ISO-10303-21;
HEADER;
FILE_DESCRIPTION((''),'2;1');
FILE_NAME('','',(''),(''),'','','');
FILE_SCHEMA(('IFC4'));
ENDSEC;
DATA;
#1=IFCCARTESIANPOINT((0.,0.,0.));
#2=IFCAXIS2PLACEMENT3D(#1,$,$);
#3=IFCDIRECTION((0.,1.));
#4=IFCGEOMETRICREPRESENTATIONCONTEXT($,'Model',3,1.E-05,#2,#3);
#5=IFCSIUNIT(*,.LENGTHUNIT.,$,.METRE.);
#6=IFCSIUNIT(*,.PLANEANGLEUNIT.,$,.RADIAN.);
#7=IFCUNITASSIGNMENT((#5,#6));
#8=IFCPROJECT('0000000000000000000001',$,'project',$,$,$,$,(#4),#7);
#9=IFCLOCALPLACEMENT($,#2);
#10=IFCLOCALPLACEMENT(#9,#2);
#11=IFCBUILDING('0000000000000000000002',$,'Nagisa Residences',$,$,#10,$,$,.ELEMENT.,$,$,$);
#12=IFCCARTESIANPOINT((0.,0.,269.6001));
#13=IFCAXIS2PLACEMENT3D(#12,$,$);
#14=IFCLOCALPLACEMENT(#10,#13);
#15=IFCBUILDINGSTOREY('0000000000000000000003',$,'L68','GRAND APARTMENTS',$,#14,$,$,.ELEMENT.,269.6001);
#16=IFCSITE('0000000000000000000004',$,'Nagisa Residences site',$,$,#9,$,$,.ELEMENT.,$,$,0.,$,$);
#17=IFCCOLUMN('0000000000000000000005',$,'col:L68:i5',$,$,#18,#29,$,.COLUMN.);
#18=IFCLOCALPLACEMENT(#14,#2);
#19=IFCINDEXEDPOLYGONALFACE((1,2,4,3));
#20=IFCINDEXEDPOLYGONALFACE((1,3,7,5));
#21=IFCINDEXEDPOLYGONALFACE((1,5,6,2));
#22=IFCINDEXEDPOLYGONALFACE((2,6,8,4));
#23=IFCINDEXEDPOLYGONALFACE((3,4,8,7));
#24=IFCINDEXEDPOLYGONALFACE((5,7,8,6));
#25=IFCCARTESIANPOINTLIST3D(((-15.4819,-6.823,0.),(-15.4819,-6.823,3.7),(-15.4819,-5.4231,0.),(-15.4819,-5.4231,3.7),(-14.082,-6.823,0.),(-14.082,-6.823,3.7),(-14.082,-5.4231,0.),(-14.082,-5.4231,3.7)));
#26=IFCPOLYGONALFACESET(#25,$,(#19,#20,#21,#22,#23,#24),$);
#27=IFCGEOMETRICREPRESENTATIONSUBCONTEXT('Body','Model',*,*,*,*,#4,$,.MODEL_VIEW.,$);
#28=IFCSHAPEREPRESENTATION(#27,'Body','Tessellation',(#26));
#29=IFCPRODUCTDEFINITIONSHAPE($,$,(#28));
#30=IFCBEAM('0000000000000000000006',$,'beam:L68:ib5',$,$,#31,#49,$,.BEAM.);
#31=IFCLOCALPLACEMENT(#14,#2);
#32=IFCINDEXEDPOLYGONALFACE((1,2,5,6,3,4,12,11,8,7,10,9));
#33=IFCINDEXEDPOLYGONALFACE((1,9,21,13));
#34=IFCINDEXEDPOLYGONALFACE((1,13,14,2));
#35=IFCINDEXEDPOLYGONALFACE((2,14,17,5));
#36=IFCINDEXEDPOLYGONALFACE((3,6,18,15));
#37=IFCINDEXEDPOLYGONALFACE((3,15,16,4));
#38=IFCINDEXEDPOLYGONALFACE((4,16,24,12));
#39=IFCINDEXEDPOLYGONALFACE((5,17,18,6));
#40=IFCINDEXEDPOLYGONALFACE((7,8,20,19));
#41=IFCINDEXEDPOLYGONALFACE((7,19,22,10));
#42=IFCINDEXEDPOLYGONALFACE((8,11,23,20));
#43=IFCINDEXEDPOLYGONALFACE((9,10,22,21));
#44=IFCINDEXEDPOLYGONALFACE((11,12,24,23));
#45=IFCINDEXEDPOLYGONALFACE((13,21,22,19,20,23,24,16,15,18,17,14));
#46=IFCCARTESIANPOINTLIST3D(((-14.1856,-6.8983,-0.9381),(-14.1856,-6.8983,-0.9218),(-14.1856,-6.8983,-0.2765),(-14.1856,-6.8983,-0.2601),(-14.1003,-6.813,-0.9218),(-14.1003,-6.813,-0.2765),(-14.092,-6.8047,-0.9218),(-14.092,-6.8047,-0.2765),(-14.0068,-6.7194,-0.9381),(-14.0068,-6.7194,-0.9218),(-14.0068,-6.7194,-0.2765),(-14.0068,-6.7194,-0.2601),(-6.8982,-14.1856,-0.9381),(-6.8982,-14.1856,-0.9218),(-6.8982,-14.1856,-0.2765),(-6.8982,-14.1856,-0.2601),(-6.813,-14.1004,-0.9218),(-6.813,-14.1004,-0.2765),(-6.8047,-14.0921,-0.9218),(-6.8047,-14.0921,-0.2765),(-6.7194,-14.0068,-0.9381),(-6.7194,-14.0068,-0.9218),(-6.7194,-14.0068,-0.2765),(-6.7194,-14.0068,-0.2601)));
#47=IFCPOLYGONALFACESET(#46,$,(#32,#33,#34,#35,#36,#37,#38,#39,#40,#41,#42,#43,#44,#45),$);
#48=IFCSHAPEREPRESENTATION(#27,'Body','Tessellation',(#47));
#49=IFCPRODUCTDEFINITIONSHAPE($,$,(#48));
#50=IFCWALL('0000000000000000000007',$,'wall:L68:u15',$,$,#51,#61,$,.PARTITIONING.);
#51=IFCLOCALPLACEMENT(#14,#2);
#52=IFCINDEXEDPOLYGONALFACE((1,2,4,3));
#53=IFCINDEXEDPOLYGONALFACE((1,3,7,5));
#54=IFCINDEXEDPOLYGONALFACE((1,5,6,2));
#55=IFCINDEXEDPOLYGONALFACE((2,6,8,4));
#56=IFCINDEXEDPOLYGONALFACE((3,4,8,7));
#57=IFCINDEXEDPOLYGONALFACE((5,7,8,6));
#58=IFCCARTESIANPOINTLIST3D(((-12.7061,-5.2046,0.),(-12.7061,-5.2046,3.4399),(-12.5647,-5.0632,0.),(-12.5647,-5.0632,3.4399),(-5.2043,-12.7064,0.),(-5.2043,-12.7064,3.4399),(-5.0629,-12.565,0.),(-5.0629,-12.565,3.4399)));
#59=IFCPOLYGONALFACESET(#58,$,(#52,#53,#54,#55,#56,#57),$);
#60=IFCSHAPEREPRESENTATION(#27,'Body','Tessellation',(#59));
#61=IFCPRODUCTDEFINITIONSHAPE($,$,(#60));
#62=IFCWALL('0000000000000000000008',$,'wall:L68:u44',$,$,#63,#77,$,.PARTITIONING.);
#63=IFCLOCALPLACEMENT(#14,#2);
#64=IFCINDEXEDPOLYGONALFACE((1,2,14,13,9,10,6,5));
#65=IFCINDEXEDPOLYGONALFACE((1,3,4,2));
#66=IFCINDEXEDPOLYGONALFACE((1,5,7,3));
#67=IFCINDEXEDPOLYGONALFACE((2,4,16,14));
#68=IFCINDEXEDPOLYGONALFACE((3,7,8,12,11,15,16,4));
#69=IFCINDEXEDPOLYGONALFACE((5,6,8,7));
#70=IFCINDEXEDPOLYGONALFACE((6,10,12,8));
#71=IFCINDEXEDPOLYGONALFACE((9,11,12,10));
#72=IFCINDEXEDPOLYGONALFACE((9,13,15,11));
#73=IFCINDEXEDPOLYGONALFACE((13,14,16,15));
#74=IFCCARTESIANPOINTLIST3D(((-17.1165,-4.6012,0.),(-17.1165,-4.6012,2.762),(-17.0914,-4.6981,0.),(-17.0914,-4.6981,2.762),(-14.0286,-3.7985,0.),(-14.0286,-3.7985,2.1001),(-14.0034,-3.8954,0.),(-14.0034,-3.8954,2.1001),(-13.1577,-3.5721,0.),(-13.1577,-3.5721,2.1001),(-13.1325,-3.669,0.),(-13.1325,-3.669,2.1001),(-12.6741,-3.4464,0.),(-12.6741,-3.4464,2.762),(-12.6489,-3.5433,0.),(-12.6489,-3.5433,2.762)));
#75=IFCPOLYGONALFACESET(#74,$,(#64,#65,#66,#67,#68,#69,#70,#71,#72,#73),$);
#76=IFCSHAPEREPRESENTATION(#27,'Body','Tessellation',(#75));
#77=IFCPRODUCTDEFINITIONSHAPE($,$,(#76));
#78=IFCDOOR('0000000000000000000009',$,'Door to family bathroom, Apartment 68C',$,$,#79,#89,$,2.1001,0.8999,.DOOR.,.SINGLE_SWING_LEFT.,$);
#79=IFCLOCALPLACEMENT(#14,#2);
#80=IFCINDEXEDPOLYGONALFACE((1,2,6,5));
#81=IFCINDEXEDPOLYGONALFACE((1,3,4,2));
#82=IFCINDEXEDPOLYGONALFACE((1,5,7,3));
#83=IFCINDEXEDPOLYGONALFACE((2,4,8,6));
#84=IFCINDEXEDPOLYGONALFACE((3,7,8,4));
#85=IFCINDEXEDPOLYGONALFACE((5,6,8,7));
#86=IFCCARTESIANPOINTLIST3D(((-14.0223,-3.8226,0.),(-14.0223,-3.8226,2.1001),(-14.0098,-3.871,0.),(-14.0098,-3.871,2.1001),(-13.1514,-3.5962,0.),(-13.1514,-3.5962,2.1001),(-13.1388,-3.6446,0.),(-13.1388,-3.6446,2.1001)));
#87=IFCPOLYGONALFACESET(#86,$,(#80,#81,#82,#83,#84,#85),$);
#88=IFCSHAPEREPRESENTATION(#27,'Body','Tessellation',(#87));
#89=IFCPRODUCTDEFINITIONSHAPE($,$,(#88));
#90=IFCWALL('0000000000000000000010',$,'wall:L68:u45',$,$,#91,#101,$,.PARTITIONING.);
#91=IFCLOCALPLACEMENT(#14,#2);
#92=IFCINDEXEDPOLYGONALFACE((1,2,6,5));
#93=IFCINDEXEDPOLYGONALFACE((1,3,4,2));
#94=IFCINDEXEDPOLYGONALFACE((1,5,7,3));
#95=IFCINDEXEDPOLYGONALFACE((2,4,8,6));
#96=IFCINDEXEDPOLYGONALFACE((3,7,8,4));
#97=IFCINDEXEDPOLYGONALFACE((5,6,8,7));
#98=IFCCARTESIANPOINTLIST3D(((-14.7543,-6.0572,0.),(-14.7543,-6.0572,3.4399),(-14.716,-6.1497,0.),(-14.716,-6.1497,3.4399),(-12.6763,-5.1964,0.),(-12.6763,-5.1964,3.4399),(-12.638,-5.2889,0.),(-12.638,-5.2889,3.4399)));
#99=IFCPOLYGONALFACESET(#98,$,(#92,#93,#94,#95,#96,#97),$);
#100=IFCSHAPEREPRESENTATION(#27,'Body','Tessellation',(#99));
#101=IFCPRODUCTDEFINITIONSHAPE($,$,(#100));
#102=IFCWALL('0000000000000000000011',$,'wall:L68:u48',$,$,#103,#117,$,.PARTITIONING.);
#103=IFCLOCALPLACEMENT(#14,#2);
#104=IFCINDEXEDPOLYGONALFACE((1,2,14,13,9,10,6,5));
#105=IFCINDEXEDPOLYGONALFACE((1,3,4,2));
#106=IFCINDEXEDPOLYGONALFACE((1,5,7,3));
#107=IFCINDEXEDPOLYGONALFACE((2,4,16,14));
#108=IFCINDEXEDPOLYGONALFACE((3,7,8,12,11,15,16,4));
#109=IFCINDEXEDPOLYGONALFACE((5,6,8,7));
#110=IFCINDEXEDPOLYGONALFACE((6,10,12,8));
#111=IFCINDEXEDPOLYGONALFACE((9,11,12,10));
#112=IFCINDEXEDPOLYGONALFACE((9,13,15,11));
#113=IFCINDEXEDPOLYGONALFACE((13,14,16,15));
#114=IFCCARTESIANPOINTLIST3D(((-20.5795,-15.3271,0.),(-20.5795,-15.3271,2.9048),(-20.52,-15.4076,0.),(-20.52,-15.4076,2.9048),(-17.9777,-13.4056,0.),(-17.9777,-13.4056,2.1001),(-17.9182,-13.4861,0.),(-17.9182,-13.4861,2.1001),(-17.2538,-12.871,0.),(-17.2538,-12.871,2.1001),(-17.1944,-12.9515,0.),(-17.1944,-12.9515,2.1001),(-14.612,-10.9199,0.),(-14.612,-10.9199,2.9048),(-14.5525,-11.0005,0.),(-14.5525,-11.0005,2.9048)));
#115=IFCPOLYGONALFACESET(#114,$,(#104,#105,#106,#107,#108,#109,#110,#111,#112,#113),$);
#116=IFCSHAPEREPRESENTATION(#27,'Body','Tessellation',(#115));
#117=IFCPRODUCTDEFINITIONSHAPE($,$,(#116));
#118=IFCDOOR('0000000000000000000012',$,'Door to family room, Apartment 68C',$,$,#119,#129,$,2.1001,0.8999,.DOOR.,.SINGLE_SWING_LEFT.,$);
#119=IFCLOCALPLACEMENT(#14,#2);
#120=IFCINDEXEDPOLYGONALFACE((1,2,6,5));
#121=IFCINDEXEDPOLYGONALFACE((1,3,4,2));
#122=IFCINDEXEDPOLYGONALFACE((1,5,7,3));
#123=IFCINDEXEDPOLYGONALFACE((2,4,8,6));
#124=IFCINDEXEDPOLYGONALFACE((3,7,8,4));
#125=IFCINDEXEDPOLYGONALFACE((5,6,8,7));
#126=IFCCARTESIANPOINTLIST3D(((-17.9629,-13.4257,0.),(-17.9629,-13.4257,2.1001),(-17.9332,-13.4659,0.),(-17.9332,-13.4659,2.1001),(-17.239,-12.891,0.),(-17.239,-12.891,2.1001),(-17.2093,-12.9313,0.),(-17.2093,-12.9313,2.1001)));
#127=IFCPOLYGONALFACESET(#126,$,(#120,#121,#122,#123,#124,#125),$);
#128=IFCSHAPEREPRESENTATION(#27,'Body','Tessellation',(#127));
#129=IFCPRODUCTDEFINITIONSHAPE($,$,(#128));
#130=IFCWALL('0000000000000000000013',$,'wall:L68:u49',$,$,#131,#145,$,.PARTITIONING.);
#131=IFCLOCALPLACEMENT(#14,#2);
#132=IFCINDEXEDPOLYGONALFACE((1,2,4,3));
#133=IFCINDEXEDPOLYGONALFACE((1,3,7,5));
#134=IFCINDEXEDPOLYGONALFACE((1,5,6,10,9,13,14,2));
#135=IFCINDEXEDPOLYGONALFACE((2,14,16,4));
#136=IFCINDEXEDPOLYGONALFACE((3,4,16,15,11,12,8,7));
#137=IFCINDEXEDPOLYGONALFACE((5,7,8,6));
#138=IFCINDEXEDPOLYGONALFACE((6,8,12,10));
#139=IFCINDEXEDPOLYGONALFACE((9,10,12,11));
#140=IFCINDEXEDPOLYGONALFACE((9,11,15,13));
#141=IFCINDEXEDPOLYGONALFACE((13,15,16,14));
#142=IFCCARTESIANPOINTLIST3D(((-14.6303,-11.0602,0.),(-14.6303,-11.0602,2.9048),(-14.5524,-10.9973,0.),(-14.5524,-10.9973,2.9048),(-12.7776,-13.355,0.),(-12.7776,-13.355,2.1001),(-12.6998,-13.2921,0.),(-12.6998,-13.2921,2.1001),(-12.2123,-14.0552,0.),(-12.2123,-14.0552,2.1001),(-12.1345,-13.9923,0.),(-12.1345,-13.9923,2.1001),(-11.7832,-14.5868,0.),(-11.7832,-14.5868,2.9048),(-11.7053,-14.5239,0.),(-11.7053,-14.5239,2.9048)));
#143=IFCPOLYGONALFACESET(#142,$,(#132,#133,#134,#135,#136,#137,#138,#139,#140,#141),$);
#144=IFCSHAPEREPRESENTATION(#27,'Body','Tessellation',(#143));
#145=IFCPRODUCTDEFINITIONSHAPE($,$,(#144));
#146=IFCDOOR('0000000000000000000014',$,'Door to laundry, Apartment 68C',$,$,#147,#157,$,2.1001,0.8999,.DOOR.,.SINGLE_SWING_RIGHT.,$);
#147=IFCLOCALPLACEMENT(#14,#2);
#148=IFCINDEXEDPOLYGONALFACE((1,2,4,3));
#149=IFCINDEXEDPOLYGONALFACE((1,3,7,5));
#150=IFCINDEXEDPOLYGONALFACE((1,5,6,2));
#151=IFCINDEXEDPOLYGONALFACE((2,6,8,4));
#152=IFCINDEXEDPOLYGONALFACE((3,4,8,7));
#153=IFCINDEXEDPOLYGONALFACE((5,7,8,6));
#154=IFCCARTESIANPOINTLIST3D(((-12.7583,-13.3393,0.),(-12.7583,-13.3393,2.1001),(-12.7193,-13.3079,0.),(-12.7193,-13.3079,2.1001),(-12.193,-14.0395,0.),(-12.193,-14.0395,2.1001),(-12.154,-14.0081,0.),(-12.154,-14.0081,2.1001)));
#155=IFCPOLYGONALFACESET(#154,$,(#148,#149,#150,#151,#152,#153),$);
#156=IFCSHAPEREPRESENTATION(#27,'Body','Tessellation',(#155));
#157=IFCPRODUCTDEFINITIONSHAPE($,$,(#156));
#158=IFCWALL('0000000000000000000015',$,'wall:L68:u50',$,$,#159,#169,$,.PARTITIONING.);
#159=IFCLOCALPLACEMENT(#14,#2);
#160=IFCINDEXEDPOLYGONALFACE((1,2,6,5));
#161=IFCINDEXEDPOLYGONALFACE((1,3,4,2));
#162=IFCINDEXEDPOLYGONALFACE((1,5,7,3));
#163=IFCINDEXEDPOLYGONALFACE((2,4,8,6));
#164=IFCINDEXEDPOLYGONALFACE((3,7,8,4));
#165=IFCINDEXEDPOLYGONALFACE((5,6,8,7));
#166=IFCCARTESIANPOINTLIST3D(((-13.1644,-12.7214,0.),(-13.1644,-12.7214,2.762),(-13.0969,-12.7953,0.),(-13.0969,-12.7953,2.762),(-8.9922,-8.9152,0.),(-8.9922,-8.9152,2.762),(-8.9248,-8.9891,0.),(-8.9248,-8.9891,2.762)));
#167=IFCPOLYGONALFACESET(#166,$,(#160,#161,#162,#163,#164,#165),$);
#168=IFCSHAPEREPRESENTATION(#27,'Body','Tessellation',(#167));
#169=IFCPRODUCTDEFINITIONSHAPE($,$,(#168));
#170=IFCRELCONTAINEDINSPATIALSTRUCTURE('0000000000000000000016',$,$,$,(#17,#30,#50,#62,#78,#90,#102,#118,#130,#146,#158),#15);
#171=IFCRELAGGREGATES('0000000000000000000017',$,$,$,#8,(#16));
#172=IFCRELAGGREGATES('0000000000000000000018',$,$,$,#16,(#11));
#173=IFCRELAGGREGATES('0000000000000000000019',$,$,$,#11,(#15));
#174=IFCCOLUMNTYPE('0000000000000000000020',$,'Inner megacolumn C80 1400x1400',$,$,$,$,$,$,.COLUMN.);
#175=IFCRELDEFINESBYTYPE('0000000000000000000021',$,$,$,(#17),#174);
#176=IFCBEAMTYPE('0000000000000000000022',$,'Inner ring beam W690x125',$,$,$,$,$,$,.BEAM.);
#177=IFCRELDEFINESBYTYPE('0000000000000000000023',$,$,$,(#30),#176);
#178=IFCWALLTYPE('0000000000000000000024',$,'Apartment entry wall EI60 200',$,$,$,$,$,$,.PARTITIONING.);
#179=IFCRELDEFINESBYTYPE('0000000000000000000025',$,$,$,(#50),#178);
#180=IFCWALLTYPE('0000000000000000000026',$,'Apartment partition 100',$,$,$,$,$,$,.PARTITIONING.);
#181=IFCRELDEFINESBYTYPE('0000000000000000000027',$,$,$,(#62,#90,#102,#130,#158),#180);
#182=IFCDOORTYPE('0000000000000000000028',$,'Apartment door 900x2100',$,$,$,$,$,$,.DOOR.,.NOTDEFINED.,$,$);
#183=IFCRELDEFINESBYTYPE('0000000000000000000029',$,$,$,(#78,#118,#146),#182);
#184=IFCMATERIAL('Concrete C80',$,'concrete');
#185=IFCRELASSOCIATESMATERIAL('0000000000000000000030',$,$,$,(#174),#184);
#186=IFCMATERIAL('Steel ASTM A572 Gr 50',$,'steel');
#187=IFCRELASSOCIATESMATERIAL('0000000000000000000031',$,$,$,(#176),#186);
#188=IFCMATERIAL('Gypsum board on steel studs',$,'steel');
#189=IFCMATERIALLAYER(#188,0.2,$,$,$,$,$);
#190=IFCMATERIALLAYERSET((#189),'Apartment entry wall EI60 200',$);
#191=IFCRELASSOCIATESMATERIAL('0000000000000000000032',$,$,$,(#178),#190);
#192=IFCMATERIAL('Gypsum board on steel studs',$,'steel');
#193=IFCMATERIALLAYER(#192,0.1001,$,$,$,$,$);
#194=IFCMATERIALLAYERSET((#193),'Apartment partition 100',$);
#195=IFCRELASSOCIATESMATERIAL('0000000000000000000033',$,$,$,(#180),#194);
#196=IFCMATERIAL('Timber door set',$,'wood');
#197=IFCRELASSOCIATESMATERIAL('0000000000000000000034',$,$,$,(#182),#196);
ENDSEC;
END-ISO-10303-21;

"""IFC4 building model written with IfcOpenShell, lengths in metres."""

from ifc_helpers import new_model, si_unit, direction, frame, frame_2d, origin, origin_2d, place, context, subcontext, project, spatial, rectangle, i_section, extrude, material, layer, layer_set, material_profile, profile_set, type_object, element, fill, save


model = new_model("IFC4")

# Units and contexts
model_context = context("Model", 3, precision=1e-05, world=origin(), true_north=direction((0.0, 1.0)))
body_context = subcontext(model_context, "Body", "Model", "MODEL_VIEW")
ifc_project = project(units=[si_unit("LENGTHUNIT", "METRE"), si_unit("PLANEANGLEUNIT", "RADIAN")], contexts=[model_context])

# Site, building, storey
site_placement = place(None, origin())
site = spatial("IfcSite", under=ifc_project, at=site_placement, Name="Nagisa Residences site", CompositionType="ELEMENT", RefElevation=0.0)
building_placement = place(site_placement, origin())
building = spatial("IfcBuilding", under=site, at=building_placement, Name="Nagisa Residences", CompositionType="ELEMENT")
storey_placement = place(building_placement, frame((0.0, 0.0, 269.6001)))
storey = spatial("IfcBuildingStorey", under=building, at=storey_placement, Name="L68", Description="GRAND APARTMENTS", CompositionType="ELEMENT", Elevation=269.6001)

# Column
ifc_material_1 = material(Name="Concrete C80", Category="concrete")
ifc_material_profile_1 = material_profile(ifc_material_1, rectangle(XDim=1.3999, YDim=1.3999, at=origin_2d()), Name="C80 1400x1400")
ifc_profile_set_1 = profile_set([ifc_material_profile_1], Name="Concrete C80")
column_type = type_object("IfcColumnType", Name="Inner megacolumn C80 1400x1400", PredefinedType="COLUMN", material=ifc_profile_set_1)
column_placement = place(storey_placement, frame((-14.782, -6.123, 0.0), z_axis=(0.0, 0.0, 1.0), x_axis=(1.0, 0.0, 0.0)))
element("IfcColumn", 1, at=column_placement, inside=storey, type_object=column_type, Name="col:L68:i5", PredefinedType="COLUMN", context=body_context, shape_type="SweptSolid", body=[
    extrude(rectangle(XDim=1.3999, YDim=1.3999, at=origin_2d()), origin(), (0.0, 0.0, 1.0), 3.7),
])

# Beam
ifc_material_2 = material(Name="Steel ASTM A572 Gr 50", Category="steel")
ifc_material_profile_2 = material_profile(ifc_material_2, i_section(OverallWidth=0.2529, OverallDepth=0.678, WebThickness=0.0117, FlangeThickness=0.0164, at=origin_2d()), Name="W690x125")
ifc_profile_set_2 = profile_set([ifc_material_profile_2], Name="Steel ASTM A572 Gr 50")
beam_type = type_object("IfcBeamType", Name="Inner ring beam W690x125", PredefinedType="BEAM", material=ifc_profile_set_2)
beam_placement = place(storey_placement, frame((-14.0962, -6.8088, -0.5991), z_axis=(0.707107, -0.707107, 0.0), x_axis=(0.707107, 0.707107, 0.0)))
element("IfcBeam", 2, at=beam_placement, inside=storey, type_object=beam_type, Name="beam:L68:ib5", PredefinedType="BEAM", context=body_context, shape_type="SweptSolid", body=[
    extrude(i_section(OverallWidth=0.2529, OverallDepth=0.678, WebThickness=0.0117, FlangeThickness=0.0164, at=origin_2d()), origin(), (0.0, 0.0, 1.0), 10.3059),
])

# Wall
ifc_material_3 = material(Name="Gypsum board on steel studs", Category="steel")
ifc_layer_1 = layer(ifc_material_3, 0.2)
ifc_layer_set_1 = layer_set([ifc_layer_1], Name="Apartment entry wall EI60 200")
wall_type_1 = type_object("IfcWallType", Name="Apartment entry wall EI60 200", PredefinedType="PARTITIONING", material=ifc_layer_set_1)
wall_1_placement = place(storey_placement, frame((-12.6355, -5.1338, 0.0), z_axis=(0.0, 0.0, 1.0), x_axis=(0.707107, -0.707107, 0.0)))
element("IfcWall", 3, at=wall_1_placement, inside=storey, type_object=wall_type_1, Name="wall:L68:u15", PredefinedType="PARTITIONING", context=body_context, shape_type="SweptSolid", body=[
    extrude(rectangle(XDim=10.6091, YDim=0.2, at=frame_2d((5.3047, 0.0))), origin(), (0.0, 0.0, 1.0), 3.4399),
])

# Wall, opening, door
ifc_material_4 = material(Name="Gypsum board on steel studs", Category="steel")
ifc_layer_2 = layer(ifc_material_4, 0.1001)
ifc_layer_set_2 = layer_set([ifc_layer_2], Name="Apartment partition 100")
wall_type_2 = type_object("IfcWallType", Name="Apartment partition 100", PredefinedType="PARTITIONING", material=ifc_layer_set_2)
wall_2_placement = place(storey_placement, frame((-12.6616, -3.4949, 0.0), z_axis=(0.0, 0.0, 1.0), x_axis=(-0.967835, -0.251586, 0.0)))
wall_2 = element("IfcWall", 4, at=wall_2_placement, inside=storey, type_object=wall_type_2, Name="wall:L68:u44", PredefinedType="PARTITIONING", context=body_context, shape_type="SweptSolid", body=[
    extrude(rectangle(XDim=4.5901, YDim=0.1001, at=frame_2d((2.2949, 0.0))), origin(), (0.0, 0.0, 1.0), 2.762),
])
opening_1_placement = place(wall_2_placement, frame((0.4995, 0.0, 0.0)))
opening_1 = element("IfcOpeningElement", 5, at=opening_1_placement, cuts=wall_2, PredefinedType="OPENING", context=body_context, shape_type="SweptSolid", body=[
    extrude(rectangle(XDim=0.8999, YDim=2.1001, at=frame_2d((0.45, 1.05))), frame((0.0, 0.0601, 0.0), z_axis=(0.0, -1.0, 0.0), x_axis=(1.0, 0.0, 0.0)), (0.0, 0.0, 1.0), 0.1201),
])
ifc_material_5 = material(Name="Timber door set", Category="wood")
door_type_1 = type_object("IfcDoorType", Name="Apartment door 900x2100", OperationType="NOTDEFINED", PredefinedType="DOOR", material=ifc_material_5)
door_1_placement = place(opening_1_placement, origin())
door_1 = element("IfcDoor", 6, at=door_1_placement, inside=storey, type_object=door_type_1, Name="Door to family bathroom, Apartment 68C", OperationType="SINGLE_SWING_LEFT", OverallHeight=2.1001, OverallWidth=0.8999, PredefinedType="DOOR", context=body_context, shape_type="SweptSolid", body=[
    extrude(rectangle(XDim=0.8999, YDim=2.1001, at=frame_2d((0.45, 1.05))), frame((0.0, 0.0249, 0.0), z_axis=(0.0, -1.0, 0.0), x_axis=(1.0, 0.0, 0.0)), (0.0, 0.0, 1.0), 0.05),
])
fill(opening_1, door_1)

# Wall
wall_3_placement = place(storey_placement, frame((-12.6572, -5.2427, 0.0), z_axis=(0.0, 0.0, 1.0), x_axis=(-0.923871, -0.382703, 0.0)))
element("IfcWall", 7, at=wall_3_placement, inside=storey, type_object=wall_type_2, Name="wall:L68:u45", PredefinedType="PARTITIONING", context=body_context, shape_type="SweptSolid", body=[
    extrude(rectangle(XDim=2.2493, YDim=0.1001, at=frame_2d((1.1245, 0.0))), origin(), (0.0, 0.0, 1.0), 3.4399),
])

# Walls, openings, doors
wall_4_placement = place(storey_placement, frame((-14.5823, -10.9602, 0.0), z_axis=(0.0, 0.0, 1.0), x_axis=(-0.804405, -0.594081, 0.0)))
wall_4 = element("IfcWall", 8, at=wall_4_placement, inside=storey, type_object=wall_type_2, Name="wall:L68:u48", PredefinedType="PARTITIONING", context=body_context, shape_type="SweptSolid", body=[
    extrude(rectangle(XDim=7.4185, YDim=0.1001, at=frame_2d((3.7092, 0.0))), origin(), (0.0, 0.0, 1.0), 2.9048),
])
opening_2_placement = place(wall_4_placement, frame((3.2842, 0.0, 0.0)))
opening_2 = element("IfcOpeningElement", 9, at=opening_2_placement, cuts=wall_4, PredefinedType="OPENING", context=body_context, shape_type="SweptSolid", body=[
    extrude(rectangle(XDim=0.8999, YDim=2.1001, at=frame_2d((0.45, 1.05))), frame((0.0, 0.0601, 0.0), z_axis=(0.0, -1.0, 0.0), x_axis=(1.0, 0.0, 0.0)), (0.0, 0.0, 1.0), 0.1201),
])
door_2_placement = place(opening_2_placement, origin())
door_2 = element("IfcDoor", 10, at=door_2_placement, inside=storey, type_object=door_type_1, Name="Door to family room, Apartment 68C", OperationType="SINGLE_SWING_LEFT", OverallHeight=2.1001, OverallWidth=0.8999, PredefinedType="DOOR", context=body_context, shape_type="SweptSolid", body=[
    extrude(rectangle(XDim=0.8999, YDim=2.1001, at=frame_2d((0.45, 1.05))), frame((0.0, 0.0249, 0.0), z_axis=(0.0, -1.0, 0.0), x_axis=(1.0, 0.0, 0.0)), (0.0, 0.0, 1.0), 0.05),
])
fill(opening_2, door_2)
wall_5_placement = place(storey_placement, frame((-14.5913, -11.0288, 0.0), z_axis=(0.0, 0.0, 1.0), x_axis=(0.62817, -0.778076, 0.0)))
wall_5 = element("IfcWall", 11, at=wall_5_placement, inside=storey, type_object=wall_type_2, Name="wall:L68:u49", PredefinedType="PARTITIONING", context=body_context, shape_type="SweptSolid", body=[
    extrude(rectangle(XDim=4.5325, YDim=0.1001, at=frame_2d((2.2661, 0.0))), origin(), (0.0, 0.0, 1.0), 2.9048),
])
opening_3_placement = place(wall_5_placement, frame((2.9492, 0.0, 0.0)))
opening_3 = element("IfcOpeningElement", 12, at=opening_3_placement, cuts=wall_5, PredefinedType="OPENING", context=body_context, shape_type="SweptSolid", body=[
    extrude(rectangle(XDim=0.8999, YDim=2.1001, at=frame_2d((0.45, 1.05))), frame((0.0, 0.0601, 0.0), z_axis=(0.0, -1.0, 0.0), x_axis=(1.0, 0.0, 0.0)), (0.0, 0.0, 1.0), 0.1201),
])
door_3_placement = place(opening_3_placement, origin())
door_3 = element("IfcDoor", 13, at=door_3_placement, inside=storey, type_object=door_type_1, Name="Door to laundry, Apartment 68C", OperationType="SINGLE_SWING_RIGHT", OverallHeight=2.1001, OverallWidth=0.8999, PredefinedType="DOOR", context=body_context, shape_type="SweptSolid", body=[
    extrude(rectangle(XDim=0.8999, YDim=2.1001, at=frame_2d((0.45, 1.05))), frame((0.0, 0.0249, 0.0), z_axis=(0.0, -1.0, 0.0), x_axis=(1.0, 0.0, 0.0)), (0.0, 0.0, 1.0), 0.05),
])
fill(opening_3, door_3)

# Wall
wall_6_placement = place(storey_placement, frame((-8.9585, -8.9521, 0.0), z_axis=(0.0, 0.0, 1.0), x_axis=(-0.738765, -0.673963, 0.0)))
element("IfcWall", 14, at=wall_6_placement, inside=storey, type_object=wall_type_2, Name="wall:L68:u50", PredefinedType="PARTITIONING", context=body_context, shape_type="SweptSolid", body=[
    extrude(rectangle(XDim=5.6475, YDim=0.1001, at=frame_2d((2.8237, 0.0))), origin(), (0.0, 0.0, 1.0), 2.762),
])

save(model, "model.ifc")
